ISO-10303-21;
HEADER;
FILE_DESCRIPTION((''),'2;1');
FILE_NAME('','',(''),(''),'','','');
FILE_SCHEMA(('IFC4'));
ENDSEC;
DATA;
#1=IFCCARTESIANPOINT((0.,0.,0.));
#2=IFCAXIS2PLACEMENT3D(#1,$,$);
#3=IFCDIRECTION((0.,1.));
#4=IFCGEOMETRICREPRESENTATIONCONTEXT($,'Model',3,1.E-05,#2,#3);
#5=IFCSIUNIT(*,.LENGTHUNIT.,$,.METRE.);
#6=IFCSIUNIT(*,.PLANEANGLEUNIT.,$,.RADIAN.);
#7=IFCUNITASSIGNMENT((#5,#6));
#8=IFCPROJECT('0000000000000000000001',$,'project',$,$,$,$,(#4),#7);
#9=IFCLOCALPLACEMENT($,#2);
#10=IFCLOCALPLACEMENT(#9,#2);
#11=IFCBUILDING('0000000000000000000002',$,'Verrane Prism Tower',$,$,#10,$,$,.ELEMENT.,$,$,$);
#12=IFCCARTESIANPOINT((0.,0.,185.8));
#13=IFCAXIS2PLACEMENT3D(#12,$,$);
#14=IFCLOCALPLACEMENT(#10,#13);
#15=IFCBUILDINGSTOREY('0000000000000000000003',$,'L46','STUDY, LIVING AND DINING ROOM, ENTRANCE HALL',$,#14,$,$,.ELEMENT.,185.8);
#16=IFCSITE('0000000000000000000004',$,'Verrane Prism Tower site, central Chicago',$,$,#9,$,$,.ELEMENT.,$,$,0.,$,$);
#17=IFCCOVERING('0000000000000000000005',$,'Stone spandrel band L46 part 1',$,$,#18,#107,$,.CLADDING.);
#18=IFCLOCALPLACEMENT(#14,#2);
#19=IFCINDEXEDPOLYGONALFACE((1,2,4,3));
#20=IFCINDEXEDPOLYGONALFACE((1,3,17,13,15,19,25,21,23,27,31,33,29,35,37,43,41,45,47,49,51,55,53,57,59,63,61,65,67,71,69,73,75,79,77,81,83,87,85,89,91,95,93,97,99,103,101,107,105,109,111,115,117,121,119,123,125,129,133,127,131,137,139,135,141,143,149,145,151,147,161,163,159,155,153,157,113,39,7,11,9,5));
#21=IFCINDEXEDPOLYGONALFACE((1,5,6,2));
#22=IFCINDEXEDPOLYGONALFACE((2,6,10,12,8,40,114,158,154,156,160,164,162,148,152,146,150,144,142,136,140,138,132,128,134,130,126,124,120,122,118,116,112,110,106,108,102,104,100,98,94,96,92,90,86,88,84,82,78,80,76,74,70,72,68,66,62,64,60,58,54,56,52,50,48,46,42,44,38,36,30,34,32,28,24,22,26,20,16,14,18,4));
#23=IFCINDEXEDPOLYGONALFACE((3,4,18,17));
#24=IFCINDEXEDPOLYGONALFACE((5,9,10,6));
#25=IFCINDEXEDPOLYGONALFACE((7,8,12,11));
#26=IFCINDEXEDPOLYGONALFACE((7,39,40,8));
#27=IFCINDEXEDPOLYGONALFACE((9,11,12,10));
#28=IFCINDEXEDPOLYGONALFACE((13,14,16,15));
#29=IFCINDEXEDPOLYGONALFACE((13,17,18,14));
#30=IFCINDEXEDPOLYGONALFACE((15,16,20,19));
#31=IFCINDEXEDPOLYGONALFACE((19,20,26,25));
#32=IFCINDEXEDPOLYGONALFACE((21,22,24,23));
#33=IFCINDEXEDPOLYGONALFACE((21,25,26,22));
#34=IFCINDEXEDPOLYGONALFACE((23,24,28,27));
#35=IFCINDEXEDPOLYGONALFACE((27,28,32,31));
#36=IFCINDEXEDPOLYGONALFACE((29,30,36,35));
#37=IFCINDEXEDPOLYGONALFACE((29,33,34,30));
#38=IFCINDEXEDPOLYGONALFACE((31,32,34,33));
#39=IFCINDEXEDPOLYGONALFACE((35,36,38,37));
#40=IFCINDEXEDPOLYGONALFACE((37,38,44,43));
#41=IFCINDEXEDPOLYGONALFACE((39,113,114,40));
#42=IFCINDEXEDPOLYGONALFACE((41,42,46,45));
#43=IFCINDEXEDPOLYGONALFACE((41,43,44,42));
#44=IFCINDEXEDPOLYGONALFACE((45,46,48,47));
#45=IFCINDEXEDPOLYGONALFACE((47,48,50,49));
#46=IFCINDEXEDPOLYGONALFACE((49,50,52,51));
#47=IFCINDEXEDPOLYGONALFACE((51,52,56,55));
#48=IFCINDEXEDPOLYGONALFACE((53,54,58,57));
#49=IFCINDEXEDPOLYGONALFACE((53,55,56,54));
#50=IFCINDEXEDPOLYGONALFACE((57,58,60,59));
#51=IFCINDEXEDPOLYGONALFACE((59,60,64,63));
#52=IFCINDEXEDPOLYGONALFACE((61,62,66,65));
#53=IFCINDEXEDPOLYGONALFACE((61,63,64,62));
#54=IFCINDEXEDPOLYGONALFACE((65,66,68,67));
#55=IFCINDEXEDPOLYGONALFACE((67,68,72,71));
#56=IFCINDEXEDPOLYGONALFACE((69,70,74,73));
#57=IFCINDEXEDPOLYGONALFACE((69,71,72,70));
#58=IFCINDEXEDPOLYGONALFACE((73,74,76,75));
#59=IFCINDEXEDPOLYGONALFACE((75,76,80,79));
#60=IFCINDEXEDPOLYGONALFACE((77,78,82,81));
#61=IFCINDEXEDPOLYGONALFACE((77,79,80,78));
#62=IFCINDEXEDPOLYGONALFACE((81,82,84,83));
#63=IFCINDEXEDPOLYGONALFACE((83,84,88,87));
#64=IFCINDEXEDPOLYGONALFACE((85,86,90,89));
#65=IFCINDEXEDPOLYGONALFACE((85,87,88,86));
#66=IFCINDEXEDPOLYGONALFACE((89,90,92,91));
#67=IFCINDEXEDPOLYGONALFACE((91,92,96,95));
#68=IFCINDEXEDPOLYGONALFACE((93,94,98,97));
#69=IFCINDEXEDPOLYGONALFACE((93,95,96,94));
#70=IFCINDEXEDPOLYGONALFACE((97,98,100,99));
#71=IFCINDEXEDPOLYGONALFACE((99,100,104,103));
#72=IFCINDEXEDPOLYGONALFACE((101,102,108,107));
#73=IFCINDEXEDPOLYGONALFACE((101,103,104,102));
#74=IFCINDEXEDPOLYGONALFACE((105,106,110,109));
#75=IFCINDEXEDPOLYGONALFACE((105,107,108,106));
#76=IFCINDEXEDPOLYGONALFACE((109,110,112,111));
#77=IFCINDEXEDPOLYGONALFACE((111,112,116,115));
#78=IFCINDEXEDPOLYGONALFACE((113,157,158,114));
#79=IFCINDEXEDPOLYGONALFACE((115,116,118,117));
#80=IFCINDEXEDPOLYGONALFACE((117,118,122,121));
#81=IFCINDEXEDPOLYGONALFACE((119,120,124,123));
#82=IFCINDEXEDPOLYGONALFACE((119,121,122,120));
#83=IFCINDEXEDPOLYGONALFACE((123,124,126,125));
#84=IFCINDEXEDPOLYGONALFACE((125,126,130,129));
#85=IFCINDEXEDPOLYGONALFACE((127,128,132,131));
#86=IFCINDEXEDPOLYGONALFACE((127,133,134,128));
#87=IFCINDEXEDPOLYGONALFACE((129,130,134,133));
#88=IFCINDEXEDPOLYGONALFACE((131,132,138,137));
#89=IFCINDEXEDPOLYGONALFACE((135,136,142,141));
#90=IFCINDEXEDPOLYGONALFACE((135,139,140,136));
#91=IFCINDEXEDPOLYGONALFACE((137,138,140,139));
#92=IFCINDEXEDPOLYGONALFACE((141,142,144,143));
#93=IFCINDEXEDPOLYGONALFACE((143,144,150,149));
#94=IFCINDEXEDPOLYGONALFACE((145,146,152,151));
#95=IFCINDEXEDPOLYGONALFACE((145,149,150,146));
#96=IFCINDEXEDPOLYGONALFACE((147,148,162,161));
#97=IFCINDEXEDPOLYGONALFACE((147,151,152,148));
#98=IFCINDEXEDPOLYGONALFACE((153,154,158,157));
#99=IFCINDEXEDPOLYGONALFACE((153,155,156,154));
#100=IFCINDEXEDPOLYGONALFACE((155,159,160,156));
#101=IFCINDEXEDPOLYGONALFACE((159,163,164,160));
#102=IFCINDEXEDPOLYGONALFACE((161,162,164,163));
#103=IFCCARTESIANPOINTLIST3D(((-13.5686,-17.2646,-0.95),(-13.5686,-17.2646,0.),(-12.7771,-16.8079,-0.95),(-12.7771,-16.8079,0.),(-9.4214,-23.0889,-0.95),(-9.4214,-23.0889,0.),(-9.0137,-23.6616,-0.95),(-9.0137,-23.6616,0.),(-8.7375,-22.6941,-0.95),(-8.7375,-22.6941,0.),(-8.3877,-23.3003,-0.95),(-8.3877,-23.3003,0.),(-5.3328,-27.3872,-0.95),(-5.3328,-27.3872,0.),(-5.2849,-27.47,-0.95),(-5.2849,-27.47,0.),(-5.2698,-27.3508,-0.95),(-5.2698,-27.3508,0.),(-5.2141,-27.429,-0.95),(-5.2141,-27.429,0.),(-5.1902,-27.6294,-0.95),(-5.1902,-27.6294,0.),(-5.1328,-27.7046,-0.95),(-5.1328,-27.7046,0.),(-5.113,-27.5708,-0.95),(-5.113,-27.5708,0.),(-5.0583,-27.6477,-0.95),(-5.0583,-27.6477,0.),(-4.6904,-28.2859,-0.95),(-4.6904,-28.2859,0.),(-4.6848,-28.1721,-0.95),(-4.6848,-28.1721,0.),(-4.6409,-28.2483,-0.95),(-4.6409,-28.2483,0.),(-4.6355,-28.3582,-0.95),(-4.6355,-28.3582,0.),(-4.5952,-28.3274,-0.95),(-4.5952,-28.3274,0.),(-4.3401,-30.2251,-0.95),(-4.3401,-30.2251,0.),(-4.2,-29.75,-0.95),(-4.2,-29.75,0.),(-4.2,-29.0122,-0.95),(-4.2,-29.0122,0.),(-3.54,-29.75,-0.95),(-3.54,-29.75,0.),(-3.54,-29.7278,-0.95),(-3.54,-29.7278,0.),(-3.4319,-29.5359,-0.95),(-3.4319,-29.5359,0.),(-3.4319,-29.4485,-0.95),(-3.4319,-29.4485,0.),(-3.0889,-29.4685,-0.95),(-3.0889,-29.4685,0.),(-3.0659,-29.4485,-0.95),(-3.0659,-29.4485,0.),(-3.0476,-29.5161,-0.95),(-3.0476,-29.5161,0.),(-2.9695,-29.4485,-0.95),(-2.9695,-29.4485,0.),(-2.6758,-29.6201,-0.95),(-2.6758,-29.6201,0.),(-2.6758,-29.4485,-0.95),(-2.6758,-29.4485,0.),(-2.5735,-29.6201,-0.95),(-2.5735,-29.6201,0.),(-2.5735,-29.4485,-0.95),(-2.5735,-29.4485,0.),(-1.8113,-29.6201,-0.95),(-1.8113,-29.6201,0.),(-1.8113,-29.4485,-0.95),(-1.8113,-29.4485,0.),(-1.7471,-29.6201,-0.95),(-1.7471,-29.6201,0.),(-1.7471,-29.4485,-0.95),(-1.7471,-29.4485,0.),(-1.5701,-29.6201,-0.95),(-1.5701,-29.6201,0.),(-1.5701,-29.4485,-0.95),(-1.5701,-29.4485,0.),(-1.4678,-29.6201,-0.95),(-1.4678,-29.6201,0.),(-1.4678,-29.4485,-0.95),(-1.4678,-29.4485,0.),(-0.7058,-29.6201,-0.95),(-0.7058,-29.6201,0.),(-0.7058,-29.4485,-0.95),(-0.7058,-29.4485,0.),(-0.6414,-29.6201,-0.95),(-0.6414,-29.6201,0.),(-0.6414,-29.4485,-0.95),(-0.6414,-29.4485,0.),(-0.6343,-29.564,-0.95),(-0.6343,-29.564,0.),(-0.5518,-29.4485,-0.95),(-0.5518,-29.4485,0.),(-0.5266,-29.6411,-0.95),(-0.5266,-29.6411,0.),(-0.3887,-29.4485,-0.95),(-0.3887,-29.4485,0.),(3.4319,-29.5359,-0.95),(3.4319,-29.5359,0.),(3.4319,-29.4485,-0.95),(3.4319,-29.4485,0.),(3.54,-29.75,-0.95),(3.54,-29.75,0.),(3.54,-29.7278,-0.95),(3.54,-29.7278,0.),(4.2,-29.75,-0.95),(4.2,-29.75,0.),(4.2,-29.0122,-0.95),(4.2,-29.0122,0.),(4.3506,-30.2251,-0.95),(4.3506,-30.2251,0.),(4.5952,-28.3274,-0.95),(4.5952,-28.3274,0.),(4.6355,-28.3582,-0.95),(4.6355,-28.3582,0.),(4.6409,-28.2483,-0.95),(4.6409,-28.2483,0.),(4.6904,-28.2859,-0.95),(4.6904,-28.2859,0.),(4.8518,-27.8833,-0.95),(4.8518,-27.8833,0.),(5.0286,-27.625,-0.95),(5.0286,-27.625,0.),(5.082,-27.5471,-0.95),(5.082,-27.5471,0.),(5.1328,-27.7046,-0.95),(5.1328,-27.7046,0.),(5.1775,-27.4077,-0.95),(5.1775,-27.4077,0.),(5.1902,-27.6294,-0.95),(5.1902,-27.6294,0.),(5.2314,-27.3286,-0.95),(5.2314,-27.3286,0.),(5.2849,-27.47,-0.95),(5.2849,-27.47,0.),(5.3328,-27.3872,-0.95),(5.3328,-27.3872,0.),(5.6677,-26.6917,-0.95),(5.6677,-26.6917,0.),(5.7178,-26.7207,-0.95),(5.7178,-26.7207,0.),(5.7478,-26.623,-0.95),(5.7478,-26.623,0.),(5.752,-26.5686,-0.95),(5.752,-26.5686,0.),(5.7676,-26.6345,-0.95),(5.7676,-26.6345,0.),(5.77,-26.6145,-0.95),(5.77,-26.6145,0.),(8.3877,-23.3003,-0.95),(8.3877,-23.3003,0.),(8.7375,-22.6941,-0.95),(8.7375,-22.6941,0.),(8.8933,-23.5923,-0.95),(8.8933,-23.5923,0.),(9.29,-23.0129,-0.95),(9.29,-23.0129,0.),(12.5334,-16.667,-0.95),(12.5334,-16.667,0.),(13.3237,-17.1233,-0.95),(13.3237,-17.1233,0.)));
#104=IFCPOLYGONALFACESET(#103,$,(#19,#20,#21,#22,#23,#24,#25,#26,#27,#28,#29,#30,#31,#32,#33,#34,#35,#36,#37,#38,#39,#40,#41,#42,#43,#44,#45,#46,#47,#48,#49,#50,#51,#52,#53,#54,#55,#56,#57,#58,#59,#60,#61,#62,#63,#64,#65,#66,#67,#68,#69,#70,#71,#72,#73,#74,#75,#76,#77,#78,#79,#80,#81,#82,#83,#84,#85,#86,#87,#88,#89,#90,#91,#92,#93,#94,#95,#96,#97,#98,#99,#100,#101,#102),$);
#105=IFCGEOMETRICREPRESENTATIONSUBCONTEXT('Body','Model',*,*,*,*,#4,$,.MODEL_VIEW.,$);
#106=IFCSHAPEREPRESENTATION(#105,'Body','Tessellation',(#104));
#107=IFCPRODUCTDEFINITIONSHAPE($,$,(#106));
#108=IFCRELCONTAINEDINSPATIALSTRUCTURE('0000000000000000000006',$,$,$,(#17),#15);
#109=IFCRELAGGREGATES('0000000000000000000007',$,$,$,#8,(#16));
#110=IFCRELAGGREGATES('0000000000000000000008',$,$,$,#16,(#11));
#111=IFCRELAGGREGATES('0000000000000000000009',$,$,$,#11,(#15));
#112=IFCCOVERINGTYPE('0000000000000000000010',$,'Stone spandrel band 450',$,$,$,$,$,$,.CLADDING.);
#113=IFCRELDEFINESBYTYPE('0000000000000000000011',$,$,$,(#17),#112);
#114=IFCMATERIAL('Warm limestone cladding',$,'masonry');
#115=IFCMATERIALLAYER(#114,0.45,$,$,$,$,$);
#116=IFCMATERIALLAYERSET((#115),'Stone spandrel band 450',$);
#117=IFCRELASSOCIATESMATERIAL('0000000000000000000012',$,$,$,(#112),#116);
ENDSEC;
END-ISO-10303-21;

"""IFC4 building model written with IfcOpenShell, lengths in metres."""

from ifc_helpers import new_model, si_unit, direction, frame, origin, place, context, subcontext, project, spatial, polyline, outline, extrude, material, layer, layer_set, type_object, element, save


model = new_model("IFC4")

# Units and contexts
model_context = context("Model", 3, precision=1e-05, world=origin(), true_north=direction((0.0, 1.0)))
body_context = subcontext(model_context, "Body", "Model", "MODEL_VIEW")
ifc_project = project(units=[si_unit("LENGTHUNIT", "METRE"), si_unit("PLANEANGLEUNIT", "RADIAN")], contexts=[model_context])

# Site, building, storey
site_placement = place(None, origin())
site = spatial("IfcSite", under=ifc_project, at=site_placement, Name="Verrane Prism Tower site, central Chicago", CompositionType="ELEMENT", RefElevation=0.0)
building_placement = place(site_placement, origin())
building = spatial("IfcBuilding", under=site, at=building_placement, Name="Verrane Prism Tower", CompositionType="ELEMENT")
storey_placement = place(building_placement, frame((0.0, 0.0, 185.8)))
storey = spatial("IfcBuildingStorey", under=building, at=storey_placement, Name="L46", Description="STUDY, LIVING AND DINING ROOM, ENTRANCE HALL", CompositionType="ELEMENT", Elevation=185.8)

# Covering
ifc_material_1 = material(Name="Warm limestone cladding", Category="masonry")
ifc_layer_1 = layer(ifc_material_1, 0.45)
ifc_layer_set_1 = layer_set([ifc_layer_1], Name="Stone spandrel band 450")
covering_type = type_object("IfcCoveringType", Name="Stone spandrel band 450", PredefinedType="CLADDING", material=ifc_layer_set_1)
covering_placement = place(storey_placement, frame((0.0, 0.0, -0.95)))
element("IfcCovering", 1, at=covering_placement, inside=storey, type_object=covering_type, Name="Stone spandrel band L46 part 1", PredefinedType="CLADDING", context=body_context, shape_type="SweptSolid", body=[
    extrude(outline(polyline([(4.3506, -30.2251), (8.8933, -23.5923), (8.3877, -23.3003), (8.7375, -22.6941), (9.29, -23.0129), (13.3237, -17.1233), (12.5334, -16.667), (5.752, -26.5686), (5.77, -26.6145), (5.7478, -26.623), (5.7676, -26.6345), (5.7178, -26.7207), (5.6677, -26.6917), (5.2314, -27.3286), (5.3328, -27.3872), (5.2849, -27.47), (5.1775, -27.4077), (5.082, -27.5471), (5.1902, -27.6294), (5.1328, -27.7046), (5.0286, -27.625), (4.8518, -27.8833), (4.6409, -28.2483), (4.6904, -28.2859), (4.6355, -28.3582), (4.5952, -28.3274), (4.2, -29.0122), (4.2, -29.75), (3.54, -29.75), (3.54, -29.7278), (3.4319, -29.5359), (3.4319, -29.4485), (-0.3887, -29.4485), (-0.5266, -29.6411), (-0.6343, -29.564), (-0.5518, -29.4485), (-0.6414, -29.4485), (-0.6414, -29.6201), (-0.7058, -29.6201), (-0.7058, -29.4485), (-1.4678, -29.4485), (-1.4678, -29.6201), (-1.5701, -29.6201), (-1.5701, -29.4485), (-1.7471, -29.4485), (-1.7471, -29.6201), (-1.8113, -29.6201), (-1.8113, -29.4485), (-2.5735, -29.4485), (-2.5735, -29.6201), (-2.6758, -29.6201), (-2.6758, -29.4485), (-2.9695, -29.4485), (-3.0476, -29.5161), (-3.0889, -29.4685), (-3.0659, -29.4485), (-3.4319, -29.4485), (-3.4319, -29.5359), (-3.54, -29.7278), (-3.54, -29.75), (-4.2, -29.75), (-4.2, -29.0122), (-4.5952, -28.3274), (-4.6355, -28.3582), (-4.6904, -28.2859), (-4.6409, -28.2483), (-4.6848, -28.1721), (-5.0583, -27.6477), (-5.1328, -27.7046), (-5.1902, -27.6294), (-5.113, -27.5708), (-5.2141, -27.429), (-5.2849, -27.47), (-5.3328, -27.3872), (-5.2698, -27.3508), (-12.7771, -16.8079), (-13.5686, -17.2646), (-9.4214, -23.0889), (-8.7375, -22.6941), (-8.3877, -23.3003), (-9.0137, -23.6616), (-4.3401, -30.2251), (4.3506, -30.2251)])), origin(), (0.0, 0.0, 1.0), 0.95),
])

save(model, "model.ifc")
